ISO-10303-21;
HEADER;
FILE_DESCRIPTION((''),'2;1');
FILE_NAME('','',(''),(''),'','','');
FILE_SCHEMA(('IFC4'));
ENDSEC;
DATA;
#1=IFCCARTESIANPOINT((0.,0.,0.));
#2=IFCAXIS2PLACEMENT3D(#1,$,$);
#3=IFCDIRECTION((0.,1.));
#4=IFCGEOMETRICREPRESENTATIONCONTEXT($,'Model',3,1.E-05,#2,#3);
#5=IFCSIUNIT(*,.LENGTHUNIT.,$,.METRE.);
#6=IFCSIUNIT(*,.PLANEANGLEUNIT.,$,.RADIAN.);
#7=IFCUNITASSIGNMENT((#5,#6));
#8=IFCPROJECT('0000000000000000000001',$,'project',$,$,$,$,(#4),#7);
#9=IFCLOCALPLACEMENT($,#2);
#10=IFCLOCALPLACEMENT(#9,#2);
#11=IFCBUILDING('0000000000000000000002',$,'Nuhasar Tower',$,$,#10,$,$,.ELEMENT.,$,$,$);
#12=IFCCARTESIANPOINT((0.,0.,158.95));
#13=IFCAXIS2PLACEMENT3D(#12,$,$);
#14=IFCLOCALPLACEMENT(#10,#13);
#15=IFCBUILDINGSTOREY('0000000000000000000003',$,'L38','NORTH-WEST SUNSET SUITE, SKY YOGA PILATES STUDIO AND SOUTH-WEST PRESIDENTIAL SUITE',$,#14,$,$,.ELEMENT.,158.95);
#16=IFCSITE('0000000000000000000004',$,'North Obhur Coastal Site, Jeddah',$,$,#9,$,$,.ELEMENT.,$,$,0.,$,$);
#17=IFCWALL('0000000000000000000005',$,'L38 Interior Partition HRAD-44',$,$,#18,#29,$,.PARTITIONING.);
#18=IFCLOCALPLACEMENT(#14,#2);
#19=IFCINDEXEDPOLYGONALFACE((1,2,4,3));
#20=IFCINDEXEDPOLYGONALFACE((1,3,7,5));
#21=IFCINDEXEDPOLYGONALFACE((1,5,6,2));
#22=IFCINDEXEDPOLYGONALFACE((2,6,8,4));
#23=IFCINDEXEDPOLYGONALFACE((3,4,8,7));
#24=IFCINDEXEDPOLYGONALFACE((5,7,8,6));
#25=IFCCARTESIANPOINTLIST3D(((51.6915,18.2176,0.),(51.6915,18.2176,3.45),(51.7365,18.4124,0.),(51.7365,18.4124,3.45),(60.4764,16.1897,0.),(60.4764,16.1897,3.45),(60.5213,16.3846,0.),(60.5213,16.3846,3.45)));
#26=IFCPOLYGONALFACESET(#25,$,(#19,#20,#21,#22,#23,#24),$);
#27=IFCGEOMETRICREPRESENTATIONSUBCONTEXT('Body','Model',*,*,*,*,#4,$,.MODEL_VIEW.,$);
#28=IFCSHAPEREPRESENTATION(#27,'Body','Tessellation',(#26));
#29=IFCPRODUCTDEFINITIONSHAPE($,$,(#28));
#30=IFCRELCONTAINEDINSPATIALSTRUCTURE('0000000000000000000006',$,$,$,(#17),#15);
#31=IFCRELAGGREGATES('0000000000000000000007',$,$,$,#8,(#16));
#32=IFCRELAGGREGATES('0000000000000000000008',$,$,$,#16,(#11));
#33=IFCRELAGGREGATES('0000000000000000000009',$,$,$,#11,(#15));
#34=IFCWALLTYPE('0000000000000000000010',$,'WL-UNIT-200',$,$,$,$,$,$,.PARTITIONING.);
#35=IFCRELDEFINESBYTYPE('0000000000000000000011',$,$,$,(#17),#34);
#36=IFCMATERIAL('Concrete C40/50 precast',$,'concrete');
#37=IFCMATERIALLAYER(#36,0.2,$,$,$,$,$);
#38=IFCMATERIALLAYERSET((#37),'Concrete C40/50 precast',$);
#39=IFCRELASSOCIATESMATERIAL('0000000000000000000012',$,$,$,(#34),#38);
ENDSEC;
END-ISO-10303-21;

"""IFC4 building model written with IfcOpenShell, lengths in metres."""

from ifc_helpers import new_model, si_unit, direction, frame, frame_2d, origin, place, context, subcontext, project, spatial, rectangle, extrude, material, layer, layer_set, type_object, element, save


model = new_model("IFC4")

# Units and contexts
model_context = context("Model", 3, precision=1e-05, world=origin(), true_north=direction((0.0, 1.0)))
body_context = subcontext(model_context, "Body", "Model", "MODEL_VIEW")
ifc_project = project(units=[si_unit("LENGTHUNIT", "METRE"), si_unit("PLANEANGLEUNIT", "RADIAN")], contexts=[model_context])

# Site, building, storey
site_placement = place(None, origin())
site = spatial("IfcSite", under=ifc_project, at=site_placement, Name="North Obhur Coastal Site, Jeddah", CompositionType="ELEMENT", RefElevation=0.0)
building_placement = place(site_placement, origin())
building = spatial("IfcBuilding", under=site, at=building_placement, Name="Nuhasar Tower", CompositionType="ELEMENT")
storey_placement = place(building_placement, frame((0.0, 0.0, 158.95)))
storey = spatial("IfcBuildingStorey", under=building, at=storey_placement, Name="L38", Description="NORTH-WEST SUNSET SUITE, SKY YOGA PILATES STUDIO AND SOUTH-WEST PRESIDENTIAL SUITE", CompositionType="ELEMENT", Elevation=158.95)

# Wall
ifc_material_1 = material(Name="Concrete C40/50 precast", Category="concrete")
ifc_layer_1 = layer(ifc_material_1, 0.2)
ifc_layer_set_1 = layer_set([ifc_layer_1], Name="Concrete C40/50 precast")
wall_type_1 = type_object("IfcWallType", Name="WL-UNIT-200", PredefinedType="PARTITIONING", material=ifc_layer_set_1)
wall_1_placement = place(storey_placement, frame((51.7141, 18.3149, 0.0), z_axis=(0.0, 0.0, 1.0), x_axis=(0.974378, -0.224917, 0.0)))
element("IfcWall", 1, at=wall_1_placement, inside=storey, type_object=wall_type_1, Name="L38 Interior Partition HRAD-44", PredefinedType="PARTITIONING", context=body_context, shape_type="SweptSolid", body=[
    extrude(rectangle(XDim=9.0159, YDim=0.2, at=frame_2d((4.5078, 0.0))), origin(), (0.0, 0.0, 1.0), 3.45),
])

save(model, "model.ifc")
